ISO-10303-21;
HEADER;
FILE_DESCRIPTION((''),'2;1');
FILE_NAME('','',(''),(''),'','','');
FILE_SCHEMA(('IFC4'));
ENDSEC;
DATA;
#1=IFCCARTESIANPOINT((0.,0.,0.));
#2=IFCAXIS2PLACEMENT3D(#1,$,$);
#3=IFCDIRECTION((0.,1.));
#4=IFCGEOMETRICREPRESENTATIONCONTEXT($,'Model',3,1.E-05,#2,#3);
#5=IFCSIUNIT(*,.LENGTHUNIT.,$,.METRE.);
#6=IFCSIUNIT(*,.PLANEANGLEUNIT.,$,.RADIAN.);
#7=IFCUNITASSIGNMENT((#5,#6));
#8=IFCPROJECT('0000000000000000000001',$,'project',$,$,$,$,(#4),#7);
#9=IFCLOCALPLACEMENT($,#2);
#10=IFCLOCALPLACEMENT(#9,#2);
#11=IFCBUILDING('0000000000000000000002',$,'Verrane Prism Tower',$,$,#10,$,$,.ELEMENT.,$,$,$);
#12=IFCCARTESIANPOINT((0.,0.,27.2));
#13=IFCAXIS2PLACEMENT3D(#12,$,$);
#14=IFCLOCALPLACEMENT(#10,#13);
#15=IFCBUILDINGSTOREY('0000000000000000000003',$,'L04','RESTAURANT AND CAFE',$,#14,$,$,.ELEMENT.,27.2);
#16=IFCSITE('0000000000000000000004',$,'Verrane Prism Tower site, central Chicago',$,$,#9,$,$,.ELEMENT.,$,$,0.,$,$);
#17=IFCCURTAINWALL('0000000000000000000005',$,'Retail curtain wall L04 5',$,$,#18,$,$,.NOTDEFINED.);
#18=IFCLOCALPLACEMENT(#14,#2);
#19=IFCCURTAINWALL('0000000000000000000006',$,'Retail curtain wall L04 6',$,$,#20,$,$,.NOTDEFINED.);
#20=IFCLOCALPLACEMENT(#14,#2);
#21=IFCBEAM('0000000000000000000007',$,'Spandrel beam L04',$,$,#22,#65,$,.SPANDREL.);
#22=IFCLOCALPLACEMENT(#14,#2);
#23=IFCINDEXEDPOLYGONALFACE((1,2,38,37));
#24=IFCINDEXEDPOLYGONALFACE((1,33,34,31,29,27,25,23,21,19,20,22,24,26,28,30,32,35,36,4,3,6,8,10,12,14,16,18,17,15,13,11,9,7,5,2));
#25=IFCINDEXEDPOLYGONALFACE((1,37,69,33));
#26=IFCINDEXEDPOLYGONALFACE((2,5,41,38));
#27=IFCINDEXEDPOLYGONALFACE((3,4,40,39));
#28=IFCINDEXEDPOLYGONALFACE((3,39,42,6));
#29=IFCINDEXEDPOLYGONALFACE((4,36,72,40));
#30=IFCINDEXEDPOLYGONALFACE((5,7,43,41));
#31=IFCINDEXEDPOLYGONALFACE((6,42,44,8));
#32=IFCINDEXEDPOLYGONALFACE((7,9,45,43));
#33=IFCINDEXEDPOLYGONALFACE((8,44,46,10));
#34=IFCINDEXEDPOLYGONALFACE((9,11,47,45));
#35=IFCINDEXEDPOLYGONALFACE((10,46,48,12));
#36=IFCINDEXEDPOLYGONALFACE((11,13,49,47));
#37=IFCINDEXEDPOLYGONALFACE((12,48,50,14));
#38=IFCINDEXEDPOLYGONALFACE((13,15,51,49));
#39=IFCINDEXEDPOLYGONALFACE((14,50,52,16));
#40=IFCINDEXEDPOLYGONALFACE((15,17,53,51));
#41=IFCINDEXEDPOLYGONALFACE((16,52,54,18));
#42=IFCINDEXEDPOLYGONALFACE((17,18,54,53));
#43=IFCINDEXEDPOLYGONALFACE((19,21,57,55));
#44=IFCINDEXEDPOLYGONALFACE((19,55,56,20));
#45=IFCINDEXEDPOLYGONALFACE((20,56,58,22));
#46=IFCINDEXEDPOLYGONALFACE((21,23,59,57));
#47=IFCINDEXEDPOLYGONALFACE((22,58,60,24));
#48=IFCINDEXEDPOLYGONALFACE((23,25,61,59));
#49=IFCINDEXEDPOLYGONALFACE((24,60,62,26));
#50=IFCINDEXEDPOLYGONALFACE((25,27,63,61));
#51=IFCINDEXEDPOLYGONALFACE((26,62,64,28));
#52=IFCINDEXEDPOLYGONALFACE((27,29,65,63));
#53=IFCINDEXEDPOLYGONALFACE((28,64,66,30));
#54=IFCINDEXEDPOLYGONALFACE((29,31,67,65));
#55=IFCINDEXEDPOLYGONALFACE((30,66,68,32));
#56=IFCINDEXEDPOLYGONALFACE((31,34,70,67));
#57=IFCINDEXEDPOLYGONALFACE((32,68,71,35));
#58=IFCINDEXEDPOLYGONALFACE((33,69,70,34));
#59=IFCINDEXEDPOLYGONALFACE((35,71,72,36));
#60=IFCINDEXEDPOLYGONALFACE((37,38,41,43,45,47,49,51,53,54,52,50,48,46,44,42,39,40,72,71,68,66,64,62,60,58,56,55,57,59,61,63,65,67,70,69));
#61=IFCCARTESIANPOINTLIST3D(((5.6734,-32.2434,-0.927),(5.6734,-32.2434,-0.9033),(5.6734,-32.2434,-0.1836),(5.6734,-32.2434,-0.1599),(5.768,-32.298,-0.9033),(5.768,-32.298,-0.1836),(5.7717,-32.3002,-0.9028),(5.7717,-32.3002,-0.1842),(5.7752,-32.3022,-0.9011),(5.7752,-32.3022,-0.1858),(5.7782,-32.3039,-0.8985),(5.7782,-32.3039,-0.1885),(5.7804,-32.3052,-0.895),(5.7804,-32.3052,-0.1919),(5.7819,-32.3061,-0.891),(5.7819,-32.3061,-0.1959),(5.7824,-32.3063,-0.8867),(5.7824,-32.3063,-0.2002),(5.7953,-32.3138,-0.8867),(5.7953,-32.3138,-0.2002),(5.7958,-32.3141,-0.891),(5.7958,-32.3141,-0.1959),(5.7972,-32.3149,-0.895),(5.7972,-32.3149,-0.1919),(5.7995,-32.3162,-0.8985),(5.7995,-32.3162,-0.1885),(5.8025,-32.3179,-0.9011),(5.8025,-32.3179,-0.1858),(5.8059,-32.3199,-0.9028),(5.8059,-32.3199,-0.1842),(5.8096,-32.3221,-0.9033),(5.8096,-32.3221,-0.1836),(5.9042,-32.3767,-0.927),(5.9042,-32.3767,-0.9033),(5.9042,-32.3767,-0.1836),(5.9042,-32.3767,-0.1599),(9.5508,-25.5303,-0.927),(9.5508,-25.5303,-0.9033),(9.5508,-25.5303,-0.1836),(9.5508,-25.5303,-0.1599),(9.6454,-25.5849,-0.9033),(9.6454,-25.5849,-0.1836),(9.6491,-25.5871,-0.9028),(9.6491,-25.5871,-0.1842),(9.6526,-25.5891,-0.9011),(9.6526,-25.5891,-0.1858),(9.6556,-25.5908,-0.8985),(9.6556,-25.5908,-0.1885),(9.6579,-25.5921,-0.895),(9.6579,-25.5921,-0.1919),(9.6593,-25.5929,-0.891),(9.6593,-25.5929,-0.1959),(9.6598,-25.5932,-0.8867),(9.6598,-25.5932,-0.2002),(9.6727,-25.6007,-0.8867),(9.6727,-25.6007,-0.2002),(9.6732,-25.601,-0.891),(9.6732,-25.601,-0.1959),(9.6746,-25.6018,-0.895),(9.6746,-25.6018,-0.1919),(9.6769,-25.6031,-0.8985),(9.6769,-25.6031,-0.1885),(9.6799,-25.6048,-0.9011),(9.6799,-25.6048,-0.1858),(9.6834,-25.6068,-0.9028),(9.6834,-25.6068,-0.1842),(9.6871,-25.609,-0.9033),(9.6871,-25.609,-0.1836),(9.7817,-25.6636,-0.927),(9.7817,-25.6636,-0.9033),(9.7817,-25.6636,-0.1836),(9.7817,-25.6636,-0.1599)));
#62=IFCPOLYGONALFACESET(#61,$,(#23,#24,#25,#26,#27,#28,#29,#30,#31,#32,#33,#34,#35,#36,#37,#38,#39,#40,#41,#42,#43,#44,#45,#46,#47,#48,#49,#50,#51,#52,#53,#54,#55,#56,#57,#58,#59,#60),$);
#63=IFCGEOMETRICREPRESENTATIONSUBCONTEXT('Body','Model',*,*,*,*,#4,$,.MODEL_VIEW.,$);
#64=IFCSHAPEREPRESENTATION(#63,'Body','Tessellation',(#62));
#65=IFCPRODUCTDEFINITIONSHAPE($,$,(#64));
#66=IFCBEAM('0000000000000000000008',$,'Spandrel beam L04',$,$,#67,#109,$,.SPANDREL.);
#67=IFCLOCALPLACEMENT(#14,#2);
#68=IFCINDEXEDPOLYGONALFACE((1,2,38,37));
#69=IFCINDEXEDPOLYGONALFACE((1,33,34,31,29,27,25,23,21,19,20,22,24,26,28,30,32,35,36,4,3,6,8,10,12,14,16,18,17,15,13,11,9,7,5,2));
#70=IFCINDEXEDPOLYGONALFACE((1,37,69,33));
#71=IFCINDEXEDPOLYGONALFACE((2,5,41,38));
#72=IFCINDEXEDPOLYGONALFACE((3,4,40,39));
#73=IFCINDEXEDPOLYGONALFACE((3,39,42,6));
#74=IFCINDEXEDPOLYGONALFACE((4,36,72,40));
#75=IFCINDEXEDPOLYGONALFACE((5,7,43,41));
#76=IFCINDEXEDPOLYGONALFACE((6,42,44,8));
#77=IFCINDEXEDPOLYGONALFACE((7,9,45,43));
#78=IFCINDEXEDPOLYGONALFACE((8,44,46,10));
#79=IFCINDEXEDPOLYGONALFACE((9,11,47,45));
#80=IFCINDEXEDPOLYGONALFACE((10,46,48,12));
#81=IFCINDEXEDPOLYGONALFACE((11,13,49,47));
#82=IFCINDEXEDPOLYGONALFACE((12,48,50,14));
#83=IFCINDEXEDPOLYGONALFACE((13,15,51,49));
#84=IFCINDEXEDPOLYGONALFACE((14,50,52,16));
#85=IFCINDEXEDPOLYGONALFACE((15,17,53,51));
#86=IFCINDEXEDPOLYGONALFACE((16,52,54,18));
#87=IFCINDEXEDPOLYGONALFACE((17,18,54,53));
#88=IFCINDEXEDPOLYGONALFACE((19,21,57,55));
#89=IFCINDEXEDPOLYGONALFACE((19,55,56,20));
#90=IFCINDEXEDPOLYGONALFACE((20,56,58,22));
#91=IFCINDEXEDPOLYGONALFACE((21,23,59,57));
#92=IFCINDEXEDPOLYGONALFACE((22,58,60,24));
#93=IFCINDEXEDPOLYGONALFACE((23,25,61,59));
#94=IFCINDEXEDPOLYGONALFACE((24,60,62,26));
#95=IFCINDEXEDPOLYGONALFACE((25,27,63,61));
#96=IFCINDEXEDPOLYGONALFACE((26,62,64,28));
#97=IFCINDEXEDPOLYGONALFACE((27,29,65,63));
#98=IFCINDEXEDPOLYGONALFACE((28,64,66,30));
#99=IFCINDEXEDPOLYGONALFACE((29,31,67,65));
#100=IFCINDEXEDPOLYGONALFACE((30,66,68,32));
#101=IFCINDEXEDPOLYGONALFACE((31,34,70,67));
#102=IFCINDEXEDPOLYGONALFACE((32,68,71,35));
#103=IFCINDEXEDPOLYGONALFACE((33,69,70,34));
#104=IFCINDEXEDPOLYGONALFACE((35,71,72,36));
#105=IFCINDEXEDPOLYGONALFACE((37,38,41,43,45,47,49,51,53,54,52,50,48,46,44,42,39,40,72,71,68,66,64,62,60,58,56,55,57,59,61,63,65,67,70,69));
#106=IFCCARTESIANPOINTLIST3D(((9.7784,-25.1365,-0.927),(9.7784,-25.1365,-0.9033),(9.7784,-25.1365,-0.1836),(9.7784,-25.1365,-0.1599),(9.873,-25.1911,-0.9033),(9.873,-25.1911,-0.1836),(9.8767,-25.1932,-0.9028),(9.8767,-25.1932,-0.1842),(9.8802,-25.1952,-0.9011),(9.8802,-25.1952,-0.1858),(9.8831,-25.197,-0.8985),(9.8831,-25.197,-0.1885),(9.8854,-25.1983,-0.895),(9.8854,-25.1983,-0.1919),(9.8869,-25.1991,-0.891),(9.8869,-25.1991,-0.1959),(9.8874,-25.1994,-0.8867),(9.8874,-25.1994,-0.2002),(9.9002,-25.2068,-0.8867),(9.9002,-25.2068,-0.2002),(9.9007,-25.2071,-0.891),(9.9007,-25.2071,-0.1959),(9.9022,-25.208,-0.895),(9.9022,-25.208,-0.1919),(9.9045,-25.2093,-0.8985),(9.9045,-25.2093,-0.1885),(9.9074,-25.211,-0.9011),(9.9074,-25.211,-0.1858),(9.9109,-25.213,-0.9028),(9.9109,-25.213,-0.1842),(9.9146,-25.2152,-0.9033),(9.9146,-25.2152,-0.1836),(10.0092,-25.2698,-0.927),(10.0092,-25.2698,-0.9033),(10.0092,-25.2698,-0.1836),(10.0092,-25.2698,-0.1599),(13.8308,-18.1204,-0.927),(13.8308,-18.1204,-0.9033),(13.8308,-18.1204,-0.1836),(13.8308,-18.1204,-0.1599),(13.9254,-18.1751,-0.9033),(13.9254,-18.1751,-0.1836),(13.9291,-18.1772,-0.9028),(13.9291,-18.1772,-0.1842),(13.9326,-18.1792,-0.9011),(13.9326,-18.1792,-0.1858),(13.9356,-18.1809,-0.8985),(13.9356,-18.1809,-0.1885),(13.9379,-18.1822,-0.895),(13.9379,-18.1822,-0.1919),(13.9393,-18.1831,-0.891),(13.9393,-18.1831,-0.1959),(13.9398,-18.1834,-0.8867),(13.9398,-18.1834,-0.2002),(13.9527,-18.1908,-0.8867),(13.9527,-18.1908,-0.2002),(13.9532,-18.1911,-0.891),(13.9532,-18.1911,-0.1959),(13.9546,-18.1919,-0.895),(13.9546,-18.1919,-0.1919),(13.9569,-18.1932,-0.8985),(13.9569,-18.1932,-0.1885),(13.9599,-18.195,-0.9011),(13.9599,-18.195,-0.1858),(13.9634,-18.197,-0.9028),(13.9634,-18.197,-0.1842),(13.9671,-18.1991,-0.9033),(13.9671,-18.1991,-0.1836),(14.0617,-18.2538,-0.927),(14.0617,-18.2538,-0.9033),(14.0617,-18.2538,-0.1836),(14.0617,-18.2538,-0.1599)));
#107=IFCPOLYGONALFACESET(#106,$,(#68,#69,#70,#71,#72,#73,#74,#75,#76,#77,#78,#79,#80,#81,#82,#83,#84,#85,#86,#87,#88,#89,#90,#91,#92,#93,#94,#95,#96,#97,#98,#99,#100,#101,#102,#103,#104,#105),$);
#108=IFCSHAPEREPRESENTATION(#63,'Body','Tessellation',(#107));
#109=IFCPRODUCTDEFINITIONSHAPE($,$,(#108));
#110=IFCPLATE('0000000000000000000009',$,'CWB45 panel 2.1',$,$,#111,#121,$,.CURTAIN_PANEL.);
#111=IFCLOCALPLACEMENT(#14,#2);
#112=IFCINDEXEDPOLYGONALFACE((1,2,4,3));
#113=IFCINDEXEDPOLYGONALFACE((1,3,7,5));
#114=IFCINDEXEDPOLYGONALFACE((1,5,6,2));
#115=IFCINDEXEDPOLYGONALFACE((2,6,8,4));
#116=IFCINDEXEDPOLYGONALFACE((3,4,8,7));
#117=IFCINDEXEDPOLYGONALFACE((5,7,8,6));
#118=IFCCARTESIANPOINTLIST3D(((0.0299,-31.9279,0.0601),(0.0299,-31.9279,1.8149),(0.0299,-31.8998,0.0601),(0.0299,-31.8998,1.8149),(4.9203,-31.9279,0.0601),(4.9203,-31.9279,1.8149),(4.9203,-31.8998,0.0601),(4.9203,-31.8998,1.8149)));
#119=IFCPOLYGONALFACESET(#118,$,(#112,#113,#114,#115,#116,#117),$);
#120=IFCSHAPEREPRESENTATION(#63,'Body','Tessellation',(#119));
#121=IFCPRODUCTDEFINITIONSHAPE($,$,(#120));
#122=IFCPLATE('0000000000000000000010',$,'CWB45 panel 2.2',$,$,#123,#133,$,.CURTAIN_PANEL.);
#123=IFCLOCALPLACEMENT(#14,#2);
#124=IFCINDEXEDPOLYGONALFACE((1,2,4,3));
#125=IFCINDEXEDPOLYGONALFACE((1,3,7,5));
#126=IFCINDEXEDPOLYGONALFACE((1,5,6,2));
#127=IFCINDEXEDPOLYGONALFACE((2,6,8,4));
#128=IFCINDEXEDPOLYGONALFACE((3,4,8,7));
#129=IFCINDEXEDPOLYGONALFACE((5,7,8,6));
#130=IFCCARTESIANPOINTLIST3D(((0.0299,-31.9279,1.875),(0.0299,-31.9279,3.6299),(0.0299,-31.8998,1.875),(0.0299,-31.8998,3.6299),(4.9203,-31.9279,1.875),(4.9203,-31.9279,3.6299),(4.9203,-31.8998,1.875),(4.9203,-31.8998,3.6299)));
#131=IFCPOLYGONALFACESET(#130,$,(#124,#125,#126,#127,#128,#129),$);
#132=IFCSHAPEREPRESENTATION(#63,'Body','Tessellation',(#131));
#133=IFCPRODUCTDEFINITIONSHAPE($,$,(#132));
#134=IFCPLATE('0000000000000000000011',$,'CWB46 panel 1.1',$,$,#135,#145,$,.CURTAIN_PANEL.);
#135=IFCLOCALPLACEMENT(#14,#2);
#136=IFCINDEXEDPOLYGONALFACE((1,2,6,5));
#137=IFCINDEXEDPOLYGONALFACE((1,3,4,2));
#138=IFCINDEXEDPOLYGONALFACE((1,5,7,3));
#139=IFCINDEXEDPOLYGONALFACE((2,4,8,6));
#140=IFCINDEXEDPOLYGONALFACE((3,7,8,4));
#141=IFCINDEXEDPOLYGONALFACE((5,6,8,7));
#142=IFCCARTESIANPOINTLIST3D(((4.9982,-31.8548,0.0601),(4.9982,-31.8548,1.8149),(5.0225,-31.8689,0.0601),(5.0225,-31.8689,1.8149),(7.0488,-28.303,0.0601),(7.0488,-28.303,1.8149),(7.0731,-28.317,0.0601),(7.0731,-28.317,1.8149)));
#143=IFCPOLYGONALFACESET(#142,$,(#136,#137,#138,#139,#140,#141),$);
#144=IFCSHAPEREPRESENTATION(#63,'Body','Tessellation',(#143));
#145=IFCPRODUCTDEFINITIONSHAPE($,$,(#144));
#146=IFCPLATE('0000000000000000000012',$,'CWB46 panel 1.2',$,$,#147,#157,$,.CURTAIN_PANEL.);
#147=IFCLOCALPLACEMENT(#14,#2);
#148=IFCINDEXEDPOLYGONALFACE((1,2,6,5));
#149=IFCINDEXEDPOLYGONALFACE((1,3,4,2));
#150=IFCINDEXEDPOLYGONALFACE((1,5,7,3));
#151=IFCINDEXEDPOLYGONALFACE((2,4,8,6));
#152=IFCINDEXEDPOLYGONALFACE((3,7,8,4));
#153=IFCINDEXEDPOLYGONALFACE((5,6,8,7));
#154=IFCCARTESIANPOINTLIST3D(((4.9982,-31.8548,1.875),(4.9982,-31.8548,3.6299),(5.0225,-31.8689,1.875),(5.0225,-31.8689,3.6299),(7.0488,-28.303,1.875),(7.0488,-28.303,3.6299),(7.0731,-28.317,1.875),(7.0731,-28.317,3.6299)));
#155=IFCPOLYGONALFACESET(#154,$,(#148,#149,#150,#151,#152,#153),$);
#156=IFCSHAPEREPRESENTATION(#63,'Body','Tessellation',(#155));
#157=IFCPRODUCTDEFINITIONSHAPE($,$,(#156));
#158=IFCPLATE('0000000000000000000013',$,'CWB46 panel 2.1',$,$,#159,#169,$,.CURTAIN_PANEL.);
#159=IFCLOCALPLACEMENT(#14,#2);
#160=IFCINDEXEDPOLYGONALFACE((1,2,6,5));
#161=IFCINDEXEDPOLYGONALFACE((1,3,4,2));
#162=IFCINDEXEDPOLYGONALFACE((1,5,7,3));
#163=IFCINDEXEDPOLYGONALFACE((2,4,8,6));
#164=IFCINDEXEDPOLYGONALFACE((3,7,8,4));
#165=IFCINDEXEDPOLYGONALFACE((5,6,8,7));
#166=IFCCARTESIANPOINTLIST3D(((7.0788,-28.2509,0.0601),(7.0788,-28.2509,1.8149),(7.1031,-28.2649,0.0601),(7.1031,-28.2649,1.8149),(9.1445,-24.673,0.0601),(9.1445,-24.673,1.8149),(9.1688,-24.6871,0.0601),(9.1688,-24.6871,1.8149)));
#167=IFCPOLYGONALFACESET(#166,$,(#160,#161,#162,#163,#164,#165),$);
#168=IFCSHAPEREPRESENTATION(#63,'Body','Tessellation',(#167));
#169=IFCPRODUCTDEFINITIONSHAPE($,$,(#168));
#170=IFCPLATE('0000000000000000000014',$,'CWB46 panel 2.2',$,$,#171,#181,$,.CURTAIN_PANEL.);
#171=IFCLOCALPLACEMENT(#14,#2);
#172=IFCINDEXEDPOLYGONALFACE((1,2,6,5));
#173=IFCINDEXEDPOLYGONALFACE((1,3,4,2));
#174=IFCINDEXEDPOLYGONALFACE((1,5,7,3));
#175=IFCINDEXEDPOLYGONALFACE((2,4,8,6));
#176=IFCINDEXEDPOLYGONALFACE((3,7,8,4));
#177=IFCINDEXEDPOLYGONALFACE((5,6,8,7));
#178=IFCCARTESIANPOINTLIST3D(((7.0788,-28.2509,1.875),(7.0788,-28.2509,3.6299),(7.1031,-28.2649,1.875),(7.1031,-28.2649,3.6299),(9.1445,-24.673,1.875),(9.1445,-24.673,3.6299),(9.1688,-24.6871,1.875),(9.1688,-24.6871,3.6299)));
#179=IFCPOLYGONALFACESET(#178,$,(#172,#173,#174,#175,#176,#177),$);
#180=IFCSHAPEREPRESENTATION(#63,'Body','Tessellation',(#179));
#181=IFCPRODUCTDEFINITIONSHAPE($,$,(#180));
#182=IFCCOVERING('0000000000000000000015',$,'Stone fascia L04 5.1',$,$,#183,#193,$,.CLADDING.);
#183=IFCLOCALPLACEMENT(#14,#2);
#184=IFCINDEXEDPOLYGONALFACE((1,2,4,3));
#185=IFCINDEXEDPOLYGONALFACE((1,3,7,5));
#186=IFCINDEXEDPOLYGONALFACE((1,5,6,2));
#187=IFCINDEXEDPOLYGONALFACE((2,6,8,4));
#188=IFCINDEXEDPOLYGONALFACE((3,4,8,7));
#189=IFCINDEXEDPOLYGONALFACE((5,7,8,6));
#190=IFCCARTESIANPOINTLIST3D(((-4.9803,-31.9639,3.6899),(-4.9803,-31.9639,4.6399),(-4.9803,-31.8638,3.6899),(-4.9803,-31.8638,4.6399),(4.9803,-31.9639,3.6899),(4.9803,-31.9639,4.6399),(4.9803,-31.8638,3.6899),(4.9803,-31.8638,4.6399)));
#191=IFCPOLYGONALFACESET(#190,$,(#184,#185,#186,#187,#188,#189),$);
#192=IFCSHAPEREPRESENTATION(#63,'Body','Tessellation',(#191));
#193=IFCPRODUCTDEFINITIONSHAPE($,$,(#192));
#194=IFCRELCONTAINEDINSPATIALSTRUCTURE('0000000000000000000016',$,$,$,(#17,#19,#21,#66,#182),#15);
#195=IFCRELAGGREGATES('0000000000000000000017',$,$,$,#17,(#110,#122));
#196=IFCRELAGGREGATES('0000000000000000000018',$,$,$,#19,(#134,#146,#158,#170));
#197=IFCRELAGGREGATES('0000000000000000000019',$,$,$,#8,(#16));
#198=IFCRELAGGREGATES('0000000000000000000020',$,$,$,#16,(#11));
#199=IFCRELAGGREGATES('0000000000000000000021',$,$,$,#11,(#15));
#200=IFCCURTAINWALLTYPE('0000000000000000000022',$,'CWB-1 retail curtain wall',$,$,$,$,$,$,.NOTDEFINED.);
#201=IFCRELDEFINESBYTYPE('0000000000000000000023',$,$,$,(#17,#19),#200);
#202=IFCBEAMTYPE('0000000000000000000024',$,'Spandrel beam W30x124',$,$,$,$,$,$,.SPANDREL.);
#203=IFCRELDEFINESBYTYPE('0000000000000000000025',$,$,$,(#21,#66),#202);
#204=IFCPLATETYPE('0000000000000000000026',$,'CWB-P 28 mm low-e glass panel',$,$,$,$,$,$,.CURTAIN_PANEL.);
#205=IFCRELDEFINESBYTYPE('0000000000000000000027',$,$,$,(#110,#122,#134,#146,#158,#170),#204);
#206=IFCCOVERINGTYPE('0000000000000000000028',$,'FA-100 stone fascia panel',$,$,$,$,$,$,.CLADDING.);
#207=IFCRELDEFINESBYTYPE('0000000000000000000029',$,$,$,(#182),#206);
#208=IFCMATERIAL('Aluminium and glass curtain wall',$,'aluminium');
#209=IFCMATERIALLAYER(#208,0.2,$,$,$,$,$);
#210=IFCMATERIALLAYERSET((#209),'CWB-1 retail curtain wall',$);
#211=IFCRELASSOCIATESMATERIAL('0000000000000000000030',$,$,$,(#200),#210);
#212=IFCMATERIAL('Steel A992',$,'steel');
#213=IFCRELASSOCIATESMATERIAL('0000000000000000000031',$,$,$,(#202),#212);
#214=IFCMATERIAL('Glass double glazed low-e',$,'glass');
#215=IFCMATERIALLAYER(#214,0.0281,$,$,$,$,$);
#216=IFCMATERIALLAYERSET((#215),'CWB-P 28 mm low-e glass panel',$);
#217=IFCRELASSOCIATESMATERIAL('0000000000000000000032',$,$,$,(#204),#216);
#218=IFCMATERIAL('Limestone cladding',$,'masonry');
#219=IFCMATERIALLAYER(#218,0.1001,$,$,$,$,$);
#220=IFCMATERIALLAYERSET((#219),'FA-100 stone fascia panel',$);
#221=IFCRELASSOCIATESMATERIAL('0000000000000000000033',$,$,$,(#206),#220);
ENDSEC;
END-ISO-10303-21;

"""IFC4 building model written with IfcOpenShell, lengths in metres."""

from ifc_helpers import new_model, si_unit, direction, frame, origin, origin_2d, place, context, subcontext, project, spatial, rectangle, i_section, extrude, material, layer, layer_set, material_profile, profile_set, type_object, element, aggregate, save


model = new_model("IFC4")

# Units and contexts
model_context = context("Model", 3, precision=1e-05, world=origin(), true_north=direction((0.0, 1.0)))
body_context = subcontext(model_context, "Body", "Model", "MODEL_VIEW")
ifc_project = project(units=[si_unit("LENGTHUNIT", "METRE"), si_unit("PLANEANGLEUNIT", "RADIAN")], contexts=[model_context])

# Site, building, storey
site_placement = place(None, origin())
site = spatial("IfcSite", under=ifc_project, at=site_placement, Name="Verrane Prism Tower site, central Chicago", CompositionType="ELEMENT", RefElevation=0.0)
building_placement = place(site_placement, origin())
building = spatial("IfcBuilding", under=site, at=building_placement, Name="Verrane Prism Tower", CompositionType="ELEMENT")
storey_placement = place(building_placement, frame((0.0, 0.0, 27.2)))
storey = spatial("IfcBuildingStorey", under=building, at=storey_placement, Name="L04", Description="RESTAURANT AND CAFE", CompositionType="ELEMENT", Elevation=27.2)

# Curtain walls
ifc_material_1 = material(Name="Aluminium and glass curtain wall", Category="aluminium")
ifc_layer_1 = layer(ifc_material_1, 0.2)
ifc_layer_set_1 = layer_set([ifc_layer_1], Name="CWB-1 retail curtain wall")
curtain_wall_type = type_object("IfcCurtainWallType", Name="CWB-1 retail curtain wall", PredefinedType="NOTDEFINED", material=ifc_layer_set_1)
curtain_wall_1_placement = place(storey_placement, origin())
curtain_wall_1 = element("IfcCurtainWall", 1, at=curtain_wall_1_placement, inside=storey, type_object=curtain_wall_type, Name="Retail curtain wall L04 5", PredefinedType="NOTDEFINED")
curtain_wall_2_placement = place(storey_placement, origin())
curtain_wall_2 = element("IfcCurtainWall", 2, at=curtain_wall_2_placement, inside=storey, type_object=curtain_wall_type, Name="Retail curtain wall L04 6", PredefinedType="NOTDEFINED")

# Beams
ifc_material_2 = material(Name="Steel A992", Category="steel")
ifc_material_profile_1 = material_profile(ifc_material_2, i_section(OverallWidth=0.2666, OverallDepth=0.7671, WebThickness=0.0149, FlangeThickness=0.0237, FilletRadius=0.0166, at=origin_2d()), Name="W30x124")
ifc_profile_set_1 = profile_set([ifc_material_profile_1], Name="Steel A992")
beam_type_1 = type_object("IfcBeamType", Name="Spandrel beam W30x124", PredefinedType="SPANDREL", material=ifc_profile_set_1)
beam_1_placement = place(storey_placement, frame((5.7888, -32.3101, -0.5435), z_axis=(0.500156, 0.865935, 0.0), x_axis=(-0.865935, 0.500156, 0.0)))
element("IfcBeam", 3, at=beam_1_placement, inside=storey, type_object=beam_type_1, Name="Spandrel beam L04", PredefinedType="SPANDREL", context=body_context, shape_type="SweptSolid", body=[
    extrude(i_section(OverallWidth=0.2666, OverallDepth=0.7671, WebThickness=0.0149, FlangeThickness=0.0237, FilletRadius=0.0166, at=origin_2d()), origin(), (0.0, 0.0, 1.0), 7.7524),
])
beam_2_placement = place(storey_placement, frame((9.8938, -25.2031, -0.5435), z_axis=(0.500161, 0.865933, 0.0), x_axis=(-0.865933, 0.500161, 0.0)))
element("IfcBeam", 4, at=beam_2_placement, inside=storey, type_object=beam_type_1, Name="Spandrel beam L04", PredefinedType="SPANDREL", context=body_context, shape_type="SweptSolid", body=[
    extrude(i_section(OverallWidth=0.2666, OverallDepth=0.7671, WebThickness=0.0149, FlangeThickness=0.0237, FilletRadius=0.0166, at=origin_2d()), origin(), (0.0, 0.0, 1.0), 8.1023),
])

# Plates
ifc_material_3 = material(Name="Glass double glazed low-e", Category="glass")
ifc_layer_2 = layer(ifc_material_3, 0.0281)
ifc_layer_set_2 = layer_set([ifc_layer_2], Name="CWB-P 28 mm low-e glass panel")
plate_type = type_object("IfcPlateType", Name="CWB-P 28 mm low-e glass panel", PredefinedType="CURTAIN_PANEL", material=ifc_layer_set_2)
plate_1_placement = place(storey_placement, frame((2.4751, -31.9138, 0.0601), z_axis=(0.0, 0.0, 1.0), x_axis=(1.0, 0.0, 0.0)))
plate_1 = element("IfcPlate", 5, at=plate_1_placement, type_object=plate_type, Name="CWB45 panel 2.1", PredefinedType="CURTAIN_PANEL", context=body_context, shape_type="SweptSolid", body=[
    extrude(rectangle(XDim=4.8904, YDim=0.0281, at=origin_2d()), origin(), (0.0, 0.0, 1.0), 1.7549),
])
plate_2_placement = place(storey_placement, frame((2.4751, -31.9138, 1.875), z_axis=(0.0, 0.0, 1.0), x_axis=(1.0, 0.0, 0.0)))
plate_2 = element("IfcPlate", 6, at=plate_2_placement, type_object=plate_type, Name="CWB45 panel 2.2", PredefinedType="CURTAIN_PANEL", context=body_context, shape_type="SweptSolid", body=[
    extrude(rectangle(XDim=4.8904, YDim=0.0281, at=origin_2d()), origin(), (0.0, 0.0, 1.0), 1.7549),
])
aggregate(curtain_wall_1, [plate_1, plate_2])
plate_3_placement = place(storey_placement, frame((6.0356, -30.0859, 0.0601), z_axis=(0.0, 0.0, 1.0), x_axis=(0.5, 0.866025, 0.0)))
plate_3 = element("IfcPlate", 7, at=plate_3_placement, type_object=plate_type, Name="CWB46 panel 1.1", PredefinedType="CURTAIN_PANEL", context=body_context, shape_type="SweptSolid", body=[
    extrude(rectangle(XDim=4.1013, YDim=0.0281, at=origin_2d()), origin(), (0.0, 0.0, 1.0), 1.7549),
])
plate_4_placement = place(storey_placement, frame((6.0356, -30.0859, 1.875), z_axis=(0.0, 0.0, 1.0), x_axis=(0.5, 0.866025, 0.0)))
plate_4 = element("IfcPlate", 8, at=plate_4_placement, type_object=plate_type, Name="CWB46 panel 1.2", PredefinedType="CURTAIN_PANEL", context=body_context, shape_type="SweptSolid", body=[
    extrude(rectangle(XDim=4.1013, YDim=0.0281, at=origin_2d()), origin(), (0.0, 0.0, 1.0), 1.7549),
])
plate_5_placement = place(storey_placement, frame((8.1238, -26.469, 0.0601), z_axis=(0.0, 0.0, 1.0), x_axis=(0.5, 0.866025, 0.0)))
plate_5 = element("IfcPlate", 9, at=plate_5_placement, type_object=plate_type, Name="CWB46 panel 2.1", PredefinedType="CURTAIN_PANEL", context=body_context, shape_type="SweptSolid", body=[
    extrude(rectangle(XDim=4.1313, YDim=0.0281, at=origin_2d()), origin(), (0.0, 0.0, 1.0), 1.7549),
])
plate_6_placement = place(storey_placement, frame((8.1238, -26.469, 1.875), z_axis=(0.0, 0.0, 1.0), x_axis=(0.5, 0.866025, 0.0)))
plate_6 = element("IfcPlate", 10, at=plate_6_placement, type_object=plate_type, Name="CWB46 panel 2.2", PredefinedType="CURTAIN_PANEL", context=body_context, shape_type="SweptSolid", body=[
    extrude(rectangle(XDim=4.1313, YDim=0.0281, at=origin_2d()), origin(), (0.0, 0.0, 1.0), 1.7549),
])
aggregate(curtain_wall_2, [plate_3, plate_4, plate_5, plate_6])

# Covering
ifc_material_4 = material(Name="Limestone cladding", Category="masonry")
ifc_layer_3 = layer(ifc_material_4, 0.1001)
ifc_layer_set_3 = layer_set([ifc_layer_3], Name="FA-100 stone fascia panel")
covering_type = type_object("IfcCoveringType", Name="FA-100 stone fascia panel", PredefinedType="CLADDING", material=ifc_layer_set_3)
covering_1_placement = place(storey_placement, frame((0.0, -31.9138, 3.6899), z_axis=(0.0, 0.0, 1.0), x_axis=(1.0, 0.0, 0.0)))
element("IfcCovering", 11, at=covering_1_placement, inside=storey, type_object=covering_type, Name="Stone fascia L04 5.1", PredefinedType="CLADDING", context=body_context, shape_type="SweptSolid", body=[
    extrude(rectangle(XDim=9.9607, YDim=0.1001, at=origin_2d()), origin(), (0.0, 0.0, 1.0), 0.95),
])

save(model, "model.ifc")
